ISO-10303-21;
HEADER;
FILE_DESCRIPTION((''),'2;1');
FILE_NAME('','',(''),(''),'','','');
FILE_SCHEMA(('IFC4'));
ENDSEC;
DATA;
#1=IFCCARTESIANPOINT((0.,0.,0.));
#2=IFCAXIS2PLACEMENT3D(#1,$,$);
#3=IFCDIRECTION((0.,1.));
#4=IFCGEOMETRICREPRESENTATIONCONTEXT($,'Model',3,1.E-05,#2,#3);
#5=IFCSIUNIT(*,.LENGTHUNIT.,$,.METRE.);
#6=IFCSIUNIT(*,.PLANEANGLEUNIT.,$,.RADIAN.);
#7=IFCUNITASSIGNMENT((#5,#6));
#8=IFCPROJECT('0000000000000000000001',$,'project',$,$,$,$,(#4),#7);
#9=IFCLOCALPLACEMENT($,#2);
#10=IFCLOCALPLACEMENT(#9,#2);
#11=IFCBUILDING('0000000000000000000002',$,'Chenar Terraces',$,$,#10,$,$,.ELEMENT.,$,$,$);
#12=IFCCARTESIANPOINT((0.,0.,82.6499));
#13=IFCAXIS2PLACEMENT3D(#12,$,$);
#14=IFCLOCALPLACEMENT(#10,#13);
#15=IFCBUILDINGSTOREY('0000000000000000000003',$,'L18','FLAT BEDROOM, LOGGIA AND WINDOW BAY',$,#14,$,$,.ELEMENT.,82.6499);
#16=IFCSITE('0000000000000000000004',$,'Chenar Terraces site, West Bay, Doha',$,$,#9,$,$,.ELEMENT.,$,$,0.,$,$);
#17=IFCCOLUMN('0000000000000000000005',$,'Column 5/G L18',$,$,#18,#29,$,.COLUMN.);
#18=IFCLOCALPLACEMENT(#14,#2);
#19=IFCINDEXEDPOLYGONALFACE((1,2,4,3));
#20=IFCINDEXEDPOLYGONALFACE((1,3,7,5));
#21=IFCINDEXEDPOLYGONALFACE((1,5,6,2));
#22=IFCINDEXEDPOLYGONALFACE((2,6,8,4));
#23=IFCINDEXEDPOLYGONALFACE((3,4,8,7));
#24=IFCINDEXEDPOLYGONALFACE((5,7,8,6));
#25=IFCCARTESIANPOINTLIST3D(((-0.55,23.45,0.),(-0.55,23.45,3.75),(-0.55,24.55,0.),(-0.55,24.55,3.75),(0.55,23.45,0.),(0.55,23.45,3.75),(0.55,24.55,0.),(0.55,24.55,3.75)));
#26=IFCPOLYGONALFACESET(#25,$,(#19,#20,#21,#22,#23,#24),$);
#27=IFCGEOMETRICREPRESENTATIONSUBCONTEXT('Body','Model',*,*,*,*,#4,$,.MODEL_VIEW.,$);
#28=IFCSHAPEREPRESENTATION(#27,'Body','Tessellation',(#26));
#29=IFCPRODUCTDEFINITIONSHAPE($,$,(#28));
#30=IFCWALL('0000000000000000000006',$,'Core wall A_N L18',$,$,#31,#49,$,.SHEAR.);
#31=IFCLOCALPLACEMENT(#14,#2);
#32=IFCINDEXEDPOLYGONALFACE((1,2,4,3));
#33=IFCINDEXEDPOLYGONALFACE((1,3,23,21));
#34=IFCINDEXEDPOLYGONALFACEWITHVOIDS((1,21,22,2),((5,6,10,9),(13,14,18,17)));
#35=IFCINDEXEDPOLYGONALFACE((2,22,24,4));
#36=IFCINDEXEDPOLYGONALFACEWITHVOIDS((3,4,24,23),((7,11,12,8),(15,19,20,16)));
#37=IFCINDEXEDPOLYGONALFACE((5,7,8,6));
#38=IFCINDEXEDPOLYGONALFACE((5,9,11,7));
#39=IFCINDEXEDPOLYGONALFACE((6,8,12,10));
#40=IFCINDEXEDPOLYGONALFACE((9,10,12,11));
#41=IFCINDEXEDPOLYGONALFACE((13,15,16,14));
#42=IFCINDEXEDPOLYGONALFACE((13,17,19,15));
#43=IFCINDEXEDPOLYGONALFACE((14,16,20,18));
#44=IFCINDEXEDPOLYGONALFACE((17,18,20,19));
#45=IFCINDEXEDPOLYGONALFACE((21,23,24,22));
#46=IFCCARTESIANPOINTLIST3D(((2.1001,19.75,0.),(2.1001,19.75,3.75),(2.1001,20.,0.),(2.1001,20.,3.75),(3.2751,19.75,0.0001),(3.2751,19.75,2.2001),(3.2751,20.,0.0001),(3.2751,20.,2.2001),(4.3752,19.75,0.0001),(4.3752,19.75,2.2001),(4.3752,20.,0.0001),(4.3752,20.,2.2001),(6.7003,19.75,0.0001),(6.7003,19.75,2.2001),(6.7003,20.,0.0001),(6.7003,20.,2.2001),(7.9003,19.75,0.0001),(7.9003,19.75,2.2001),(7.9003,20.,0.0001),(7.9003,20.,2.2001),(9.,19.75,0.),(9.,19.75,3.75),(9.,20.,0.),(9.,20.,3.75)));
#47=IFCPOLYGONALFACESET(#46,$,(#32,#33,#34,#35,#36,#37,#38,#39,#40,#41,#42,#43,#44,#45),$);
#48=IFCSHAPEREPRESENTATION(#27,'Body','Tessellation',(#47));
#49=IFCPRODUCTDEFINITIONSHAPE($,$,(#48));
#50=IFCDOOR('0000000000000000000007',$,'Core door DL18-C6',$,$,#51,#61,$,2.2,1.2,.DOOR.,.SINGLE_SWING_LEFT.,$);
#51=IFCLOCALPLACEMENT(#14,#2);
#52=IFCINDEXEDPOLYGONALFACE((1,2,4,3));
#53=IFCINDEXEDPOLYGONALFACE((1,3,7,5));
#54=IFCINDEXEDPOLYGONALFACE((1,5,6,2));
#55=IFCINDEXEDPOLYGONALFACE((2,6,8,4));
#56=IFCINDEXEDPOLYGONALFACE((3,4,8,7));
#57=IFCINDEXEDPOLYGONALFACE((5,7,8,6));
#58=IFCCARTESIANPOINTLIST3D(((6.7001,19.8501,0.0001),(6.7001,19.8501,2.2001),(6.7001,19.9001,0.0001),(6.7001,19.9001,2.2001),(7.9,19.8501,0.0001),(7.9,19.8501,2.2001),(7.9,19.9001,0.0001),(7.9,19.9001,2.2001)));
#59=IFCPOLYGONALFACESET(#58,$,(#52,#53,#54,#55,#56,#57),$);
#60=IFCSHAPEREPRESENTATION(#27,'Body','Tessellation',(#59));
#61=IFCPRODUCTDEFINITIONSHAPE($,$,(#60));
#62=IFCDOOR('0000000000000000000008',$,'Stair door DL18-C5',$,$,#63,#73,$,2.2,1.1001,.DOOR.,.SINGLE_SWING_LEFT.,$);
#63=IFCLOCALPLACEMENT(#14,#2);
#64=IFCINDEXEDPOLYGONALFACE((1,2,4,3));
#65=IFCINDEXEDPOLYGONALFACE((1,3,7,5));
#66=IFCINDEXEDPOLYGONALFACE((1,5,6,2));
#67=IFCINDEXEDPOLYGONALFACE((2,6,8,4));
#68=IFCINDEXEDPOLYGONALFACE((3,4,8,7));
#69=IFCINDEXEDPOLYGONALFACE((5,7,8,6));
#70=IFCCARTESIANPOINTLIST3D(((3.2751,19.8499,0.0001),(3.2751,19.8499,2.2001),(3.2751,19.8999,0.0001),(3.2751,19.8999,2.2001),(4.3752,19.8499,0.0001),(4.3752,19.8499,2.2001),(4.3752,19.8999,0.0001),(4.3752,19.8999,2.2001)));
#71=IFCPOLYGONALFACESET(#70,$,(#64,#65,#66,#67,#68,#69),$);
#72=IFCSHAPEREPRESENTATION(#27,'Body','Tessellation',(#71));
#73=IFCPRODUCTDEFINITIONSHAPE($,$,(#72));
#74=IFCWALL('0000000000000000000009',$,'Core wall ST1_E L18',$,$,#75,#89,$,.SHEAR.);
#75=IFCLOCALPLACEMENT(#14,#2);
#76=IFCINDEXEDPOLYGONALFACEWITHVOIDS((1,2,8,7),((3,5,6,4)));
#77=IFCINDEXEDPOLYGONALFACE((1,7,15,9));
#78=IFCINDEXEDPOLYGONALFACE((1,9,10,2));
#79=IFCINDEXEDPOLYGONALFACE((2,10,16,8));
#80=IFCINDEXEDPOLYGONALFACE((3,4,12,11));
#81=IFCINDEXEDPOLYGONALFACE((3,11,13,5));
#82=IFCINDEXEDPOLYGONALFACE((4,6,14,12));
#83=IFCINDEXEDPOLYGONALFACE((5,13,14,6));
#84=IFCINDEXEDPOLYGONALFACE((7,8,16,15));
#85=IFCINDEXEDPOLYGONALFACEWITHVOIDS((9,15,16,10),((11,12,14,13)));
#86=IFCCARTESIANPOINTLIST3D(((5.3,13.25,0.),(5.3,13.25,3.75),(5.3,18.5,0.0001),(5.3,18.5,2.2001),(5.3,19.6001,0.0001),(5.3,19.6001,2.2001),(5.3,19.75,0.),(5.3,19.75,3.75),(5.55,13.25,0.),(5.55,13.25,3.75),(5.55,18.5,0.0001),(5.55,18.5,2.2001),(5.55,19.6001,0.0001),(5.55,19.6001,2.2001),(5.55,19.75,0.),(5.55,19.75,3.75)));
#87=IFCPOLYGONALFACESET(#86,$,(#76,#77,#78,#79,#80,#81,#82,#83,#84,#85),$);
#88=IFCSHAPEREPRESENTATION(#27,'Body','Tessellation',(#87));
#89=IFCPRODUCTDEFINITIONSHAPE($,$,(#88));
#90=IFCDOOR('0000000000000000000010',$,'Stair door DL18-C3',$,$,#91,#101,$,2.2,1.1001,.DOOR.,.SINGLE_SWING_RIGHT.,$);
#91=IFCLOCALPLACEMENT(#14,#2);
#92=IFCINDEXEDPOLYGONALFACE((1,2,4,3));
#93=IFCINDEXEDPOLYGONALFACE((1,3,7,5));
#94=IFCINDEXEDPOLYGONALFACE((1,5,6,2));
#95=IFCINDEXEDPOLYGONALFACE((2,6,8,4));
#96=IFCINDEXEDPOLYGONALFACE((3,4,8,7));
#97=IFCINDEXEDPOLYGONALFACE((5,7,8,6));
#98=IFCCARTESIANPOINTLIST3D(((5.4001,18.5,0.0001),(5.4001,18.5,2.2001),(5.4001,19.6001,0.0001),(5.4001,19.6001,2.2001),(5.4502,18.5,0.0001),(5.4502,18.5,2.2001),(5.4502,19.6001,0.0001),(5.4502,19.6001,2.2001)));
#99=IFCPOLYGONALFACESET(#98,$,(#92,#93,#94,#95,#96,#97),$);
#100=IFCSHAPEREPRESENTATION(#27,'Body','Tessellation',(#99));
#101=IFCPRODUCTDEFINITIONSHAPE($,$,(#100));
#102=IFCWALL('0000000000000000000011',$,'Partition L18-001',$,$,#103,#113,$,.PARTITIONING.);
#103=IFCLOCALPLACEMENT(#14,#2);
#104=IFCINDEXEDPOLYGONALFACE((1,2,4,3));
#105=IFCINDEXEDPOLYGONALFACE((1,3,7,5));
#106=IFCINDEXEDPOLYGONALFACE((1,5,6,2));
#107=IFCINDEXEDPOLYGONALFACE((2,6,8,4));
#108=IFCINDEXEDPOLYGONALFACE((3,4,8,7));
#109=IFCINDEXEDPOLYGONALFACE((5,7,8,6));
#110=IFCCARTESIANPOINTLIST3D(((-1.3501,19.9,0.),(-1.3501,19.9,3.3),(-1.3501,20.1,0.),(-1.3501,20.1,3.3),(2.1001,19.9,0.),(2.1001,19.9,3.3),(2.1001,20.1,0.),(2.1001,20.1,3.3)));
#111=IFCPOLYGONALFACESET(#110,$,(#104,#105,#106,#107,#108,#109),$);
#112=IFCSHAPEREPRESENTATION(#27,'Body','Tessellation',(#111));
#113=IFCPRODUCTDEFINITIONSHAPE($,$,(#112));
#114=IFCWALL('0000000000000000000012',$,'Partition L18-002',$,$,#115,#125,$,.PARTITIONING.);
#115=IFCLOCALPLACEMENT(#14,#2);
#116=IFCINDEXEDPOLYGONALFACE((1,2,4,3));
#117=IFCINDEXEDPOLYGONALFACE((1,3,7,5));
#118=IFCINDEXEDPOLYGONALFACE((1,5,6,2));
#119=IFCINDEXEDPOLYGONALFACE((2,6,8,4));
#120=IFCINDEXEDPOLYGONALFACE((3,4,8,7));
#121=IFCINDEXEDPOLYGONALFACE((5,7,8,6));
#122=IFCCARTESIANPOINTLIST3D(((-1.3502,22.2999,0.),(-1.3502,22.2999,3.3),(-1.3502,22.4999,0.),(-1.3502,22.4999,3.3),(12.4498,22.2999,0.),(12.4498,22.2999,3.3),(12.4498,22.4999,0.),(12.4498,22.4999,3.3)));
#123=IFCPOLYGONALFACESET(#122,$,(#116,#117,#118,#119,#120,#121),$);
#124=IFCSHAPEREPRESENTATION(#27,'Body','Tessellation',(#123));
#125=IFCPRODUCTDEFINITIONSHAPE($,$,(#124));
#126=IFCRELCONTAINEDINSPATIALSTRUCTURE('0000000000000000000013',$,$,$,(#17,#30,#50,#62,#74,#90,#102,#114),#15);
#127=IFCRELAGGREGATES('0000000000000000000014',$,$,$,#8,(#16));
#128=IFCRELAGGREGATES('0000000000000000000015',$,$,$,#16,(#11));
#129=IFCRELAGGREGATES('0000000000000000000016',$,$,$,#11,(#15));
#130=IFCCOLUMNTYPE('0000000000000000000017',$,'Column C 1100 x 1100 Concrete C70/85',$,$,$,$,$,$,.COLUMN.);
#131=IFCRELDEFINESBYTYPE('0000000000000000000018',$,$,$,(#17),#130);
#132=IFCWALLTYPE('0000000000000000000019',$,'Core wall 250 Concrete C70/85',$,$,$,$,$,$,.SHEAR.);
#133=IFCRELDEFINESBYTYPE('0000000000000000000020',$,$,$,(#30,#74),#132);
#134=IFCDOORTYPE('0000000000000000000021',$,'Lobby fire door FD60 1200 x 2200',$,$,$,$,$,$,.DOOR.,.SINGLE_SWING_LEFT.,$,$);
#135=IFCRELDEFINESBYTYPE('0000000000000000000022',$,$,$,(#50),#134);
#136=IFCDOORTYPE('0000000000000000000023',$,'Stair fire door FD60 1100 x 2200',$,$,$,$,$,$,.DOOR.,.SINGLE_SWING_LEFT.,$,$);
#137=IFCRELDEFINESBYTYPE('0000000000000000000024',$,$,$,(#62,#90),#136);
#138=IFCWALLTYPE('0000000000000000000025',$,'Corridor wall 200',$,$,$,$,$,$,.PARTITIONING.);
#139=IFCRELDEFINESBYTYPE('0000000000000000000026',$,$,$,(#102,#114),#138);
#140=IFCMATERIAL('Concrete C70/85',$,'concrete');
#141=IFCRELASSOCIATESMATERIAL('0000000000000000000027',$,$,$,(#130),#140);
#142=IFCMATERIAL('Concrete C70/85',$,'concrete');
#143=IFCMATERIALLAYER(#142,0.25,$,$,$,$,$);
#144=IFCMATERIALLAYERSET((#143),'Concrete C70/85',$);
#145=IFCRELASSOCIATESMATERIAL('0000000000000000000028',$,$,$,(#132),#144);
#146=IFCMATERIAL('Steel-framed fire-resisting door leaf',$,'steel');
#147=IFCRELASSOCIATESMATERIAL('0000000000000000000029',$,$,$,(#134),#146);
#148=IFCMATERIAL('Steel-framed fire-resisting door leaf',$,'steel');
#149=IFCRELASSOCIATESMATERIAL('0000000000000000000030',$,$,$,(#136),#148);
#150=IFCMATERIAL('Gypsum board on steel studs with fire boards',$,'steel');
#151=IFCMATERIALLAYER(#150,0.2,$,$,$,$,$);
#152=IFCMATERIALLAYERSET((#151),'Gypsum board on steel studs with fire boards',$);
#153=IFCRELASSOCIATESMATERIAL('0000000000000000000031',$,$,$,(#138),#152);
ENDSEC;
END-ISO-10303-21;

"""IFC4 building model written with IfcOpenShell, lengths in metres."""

from ifc_helpers import new_model, si_unit, direction, frame, frame_2d, origin, origin_2d, place, context, subcontext, project, spatial, rectangle, extrude, material, layer, layer_set, material_profile, profile_set, type_object, element, fill, save


model = new_model("IFC4")

# Units and contexts
model_context = context("Model", 3, precision=1e-05, world=origin(), true_north=direction((0.0, 1.0)))
body_context = subcontext(model_context, "Body", "Model", "MODEL_VIEW")
ifc_project = project(units=[si_unit("LENGTHUNIT", "METRE"), si_unit("PLANEANGLEUNIT", "RADIAN")], contexts=[model_context])

# Site, building, storey
site_placement = place(None, origin())
site = spatial("IfcSite", under=ifc_project, at=site_placement, Name="Chenar Terraces site, West Bay, Doha", CompositionType="ELEMENT", RefElevation=0.0)
building_placement = place(site_placement, origin())
building = spatial("IfcBuilding", under=site, at=building_placement, Name="Chenar Terraces", CompositionType="ELEMENT")
storey_placement = place(building_placement, frame((0.0, 0.0, 82.6499)))
storey = spatial("IfcBuildingStorey", under=building, at=storey_placement, Name="L18", Description="FLAT BEDROOM, LOGGIA AND WINDOW BAY", CompositionType="ELEMENT", Elevation=82.6499)

# Column
ifc_material_1 = material(Name="Concrete C70/85", Category="concrete")
ifc_material_profile = material_profile(ifc_material_1, rectangle(XDim=1.1001, YDim=1.1001, at=origin_2d()), Name="C 1100 x 1100")
ifc_profile_set = profile_set([ifc_material_profile], Name="Concrete C70/85")
column_type = type_object("IfcColumnType", Name="Column C 1100 x 1100 Concrete C70/85", PredefinedType="COLUMN", material=ifc_profile_set)
column_placement = place(storey_placement, frame((0.0, 24.0, 0.0), z_axis=(0.0, 0.0, 1.0), x_axis=(1.0, 0.0, 0.0)))
element("IfcColumn", 1, at=column_placement, inside=storey, type_object=column_type, Name="Column 5/G L18", PredefinedType="COLUMN", context=body_context, shape_type="SweptSolid", body=[
    extrude(rectangle(XDim=1.1001, YDim=1.1001, at=origin_2d()), origin(), (0.0, 0.0, 1.0), 3.75),
])

# Wall, openings, doors
ifc_material_2 = material(Name="Concrete C70/85", Category="concrete")
ifc_layer_1 = layer(ifc_material_2, 0.25)
ifc_layer_set_1 = layer_set([ifc_layer_1], Name="Concrete C70/85")
wall_type_1 = type_object("IfcWallType", Name="Core wall 250 Concrete C70/85", PredefinedType="SHEAR", material=ifc_layer_set_1)
wall_1_placement = place(storey_placement, frame((2.1001, 19.875, 0.0), z_axis=(0.0, 0.0, 1.0), x_axis=(1.0, 0.0, 0.0)))
wall_1 = element("IfcWall", 2, at=wall_1_placement, inside=storey, type_object=wall_type_1, Name="Core wall A_N L18", PredefinedType="SHEAR", context=body_context, shape_type="SweptSolid", body=[
    extrude(rectangle(XDim=6.8999, YDim=0.25, at=frame_2d((3.45, 0.0))), origin(), (0.0, 0.0, 1.0), 3.75),
])
opening_1_placement = place(wall_1_placement, frame((1.175, 0.0, 0.0)))
opening_1 = element("IfcOpeningElement", 3, at=opening_1_placement, cuts=wall_1, PredefinedType="OPENING", context=body_context, shape_type="SweptSolid", body=[
    extrude(rectangle(XDim=1.1001, YDim=2.2, at=frame_2d((0.55, 1.1001))), frame((0.0, 0.135, 0.0), z_axis=(0.0, -1.0, 0.0), x_axis=(1.0, 0.0, 0.0)), (0.0, 0.0, 1.0), 0.27),
])
opening_2_placement = place(wall_1_placement, frame((4.6001, 0.0, 0.0)))
opening_2 = element("IfcOpeningElement", 4, at=opening_2_placement, cuts=wall_1, PredefinedType="OPENING", context=body_context, shape_type="SweptSolid", body=[
    extrude(rectangle(XDim=1.2, YDim=2.2, at=frame_2d((0.6001, 1.1001))), frame((0.0, 0.135, 0.0), z_axis=(0.0, -1.0, 0.0), x_axis=(1.0, 0.0, 0.0)), (0.0, 0.0, 1.0), 0.27),
])
ifc_material_3 = material(Name="Steel-framed fire-resisting door leaf", Category="steel")
door_type_1 = type_object("IfcDoorType", Name="Lobby fire door FD60 1200 x 2200", OperationType="SINGLE_SWING_LEFT", PredefinedType="DOOR", material=ifc_material_3)
door_1_placement = place(opening_2_placement, frame((1.2, 0.0, 0.0), z_axis=(0.0, 0.0, 1.0), x_axis=(-1.0, 0.0, 0.0)))
door_1 = element("IfcDoor", 5, at=door_1_placement, inside=storey, type_object=door_type_1, Name="Core door DL18-C6", OperationType="SINGLE_SWING_LEFT", OverallHeight=2.2, OverallWidth=1.2, PredefinedType="DOOR", context=body_context, shape_type="SweptSolid", body=[
    extrude(rectangle(XDim=1.2, YDim=2.2, at=frame_2d((0.6001, 1.1001))), frame((0.0, 0.0249, 0.0), z_axis=(0.0, -1.0, 0.0), x_axis=(1.0, 0.0, 0.0)), (0.0, 0.0, 1.0), 0.05),
])
fill(opening_2, door_1)
ifc_material_4 = material(Name="Steel-framed fire-resisting door leaf", Category="steel")
door_type_2 = type_object("IfcDoorType", Name="Stair fire door FD60 1100 x 2200", OperationType="SINGLE_SWING_LEFT", PredefinedType="DOOR", material=ifc_material_4)
door_2_placement = place(opening_1_placement, origin())
door_2 = element("IfcDoor", 6, at=door_2_placement, inside=storey, type_object=door_type_2, Name="Stair door DL18-C5", OperationType="SINGLE_SWING_LEFT", OverallHeight=2.2, OverallWidth=1.1001, PredefinedType="DOOR", context=body_context, shape_type="SweptSolid", body=[
    extrude(rectangle(XDim=1.1001, YDim=2.2, at=frame_2d((0.55, 1.1001))), frame((0.0, 0.0249, 0.0), z_axis=(0.0, -1.0, 0.0), x_axis=(1.0, 0.0, 0.0)), (0.0, 0.0, 1.0), 0.05),
])
fill(opening_1, door_2)

# Wall, opening, door
wall_2_placement = place(storey_placement, frame((5.425, 13.25, 0.0), z_axis=(0.0, 0.0, 1.0), x_axis=(0.0, 1.0, 0.0)))
wall_2 = element("IfcWall", 7, at=wall_2_placement, inside=storey, type_object=wall_type_1, Name="Core wall ST1_E L18", PredefinedType="SHEAR", context=body_context, shape_type="SweptSolid", body=[
    extrude(rectangle(XDim=6.5, YDim=0.25, at=frame_2d((3.25, 0.0))), origin(), (0.0, 0.0, 1.0), 3.75),
])
opening_3_placement = place(wall_2_placement, frame((5.25, 0.0, 0.0)))
opening_3 = element("IfcOpeningElement", 8, at=opening_3_placement, cuts=wall_2, PredefinedType="OPENING", context=body_context, shape_type="SweptSolid", body=[
    extrude(rectangle(XDim=1.1001, YDim=2.2, at=frame_2d((0.55, 1.1001))), frame((0.0, 0.135, 0.0), z_axis=(0.0, -1.0, 0.0), x_axis=(1.0, 0.0, 0.0)), (0.0, 0.0, 1.0), 0.27),
])
door_3_placement = place(opening_3_placement, origin())
door_3 = element("IfcDoor", 9, at=door_3_placement, inside=storey, type_object=door_type_2, Name="Stair door DL18-C3", OperationType="SINGLE_SWING_RIGHT", OverallHeight=2.2, OverallWidth=1.1001, PredefinedType="DOOR", context=body_context, shape_type="SweptSolid", body=[
    extrude(rectangle(XDim=1.1001, YDim=2.2, at=frame_2d((0.55, 1.1001))), frame((0.0, 0.0249, 0.0), z_axis=(0.0, -1.0, 0.0), x_axis=(1.0, 0.0, 0.0)), (0.0, 0.0, 1.0), 0.05),
])
fill(opening_3, door_3)

# Walls
ifc_material_5 = material(Name="Gypsum board on steel studs with fire boards", Category="steel")
ifc_layer_2 = layer(ifc_material_5, 0.2)
ifc_layer_set_2 = layer_set([ifc_layer_2], Name="Gypsum board on steel studs with fire boards")
wall_type_2 = type_object("IfcWallType", Name="Corridor wall 200", PredefinedType="PARTITIONING", material=ifc_layer_set_2)
wall_3_placement = place(storey_placement, frame((-1.3501, 20.0, 0.0), z_axis=(0.0, 0.0, 1.0), x_axis=(1.0, 0.0, 0.0)))
element("IfcWall", 10, at=wall_3_placement, inside=storey, type_object=wall_type_2, Name="Partition L18-001", PredefinedType="PARTITIONING", context=body_context, shape_type="SweptSolid", body=[
    extrude(rectangle(XDim=3.4502, YDim=0.2, at=frame_2d((1.7251, 0.0))), origin(), (0.0, 0.0, 1.0), 3.3),
])
wall_4_placement = place(storey_placement, frame((-1.3501, 22.3999, 0.0), z_axis=(0.0, 0.0, 1.0), x_axis=(1.0, 0.0, 0.0)))
element("IfcWall", 11, at=wall_4_placement, inside=storey, type_object=wall_type_2, Name="Partition L18-002", PredefinedType="PARTITIONING", context=body_context, shape_type="SweptSolid", body=[
    extrude(rectangle(XDim=13.8, YDim=0.2, at=frame_2d((6.8999, 0.0))), origin(), (0.0, 0.0, 1.0), 3.3),
])

save(model, "model.ifc")
